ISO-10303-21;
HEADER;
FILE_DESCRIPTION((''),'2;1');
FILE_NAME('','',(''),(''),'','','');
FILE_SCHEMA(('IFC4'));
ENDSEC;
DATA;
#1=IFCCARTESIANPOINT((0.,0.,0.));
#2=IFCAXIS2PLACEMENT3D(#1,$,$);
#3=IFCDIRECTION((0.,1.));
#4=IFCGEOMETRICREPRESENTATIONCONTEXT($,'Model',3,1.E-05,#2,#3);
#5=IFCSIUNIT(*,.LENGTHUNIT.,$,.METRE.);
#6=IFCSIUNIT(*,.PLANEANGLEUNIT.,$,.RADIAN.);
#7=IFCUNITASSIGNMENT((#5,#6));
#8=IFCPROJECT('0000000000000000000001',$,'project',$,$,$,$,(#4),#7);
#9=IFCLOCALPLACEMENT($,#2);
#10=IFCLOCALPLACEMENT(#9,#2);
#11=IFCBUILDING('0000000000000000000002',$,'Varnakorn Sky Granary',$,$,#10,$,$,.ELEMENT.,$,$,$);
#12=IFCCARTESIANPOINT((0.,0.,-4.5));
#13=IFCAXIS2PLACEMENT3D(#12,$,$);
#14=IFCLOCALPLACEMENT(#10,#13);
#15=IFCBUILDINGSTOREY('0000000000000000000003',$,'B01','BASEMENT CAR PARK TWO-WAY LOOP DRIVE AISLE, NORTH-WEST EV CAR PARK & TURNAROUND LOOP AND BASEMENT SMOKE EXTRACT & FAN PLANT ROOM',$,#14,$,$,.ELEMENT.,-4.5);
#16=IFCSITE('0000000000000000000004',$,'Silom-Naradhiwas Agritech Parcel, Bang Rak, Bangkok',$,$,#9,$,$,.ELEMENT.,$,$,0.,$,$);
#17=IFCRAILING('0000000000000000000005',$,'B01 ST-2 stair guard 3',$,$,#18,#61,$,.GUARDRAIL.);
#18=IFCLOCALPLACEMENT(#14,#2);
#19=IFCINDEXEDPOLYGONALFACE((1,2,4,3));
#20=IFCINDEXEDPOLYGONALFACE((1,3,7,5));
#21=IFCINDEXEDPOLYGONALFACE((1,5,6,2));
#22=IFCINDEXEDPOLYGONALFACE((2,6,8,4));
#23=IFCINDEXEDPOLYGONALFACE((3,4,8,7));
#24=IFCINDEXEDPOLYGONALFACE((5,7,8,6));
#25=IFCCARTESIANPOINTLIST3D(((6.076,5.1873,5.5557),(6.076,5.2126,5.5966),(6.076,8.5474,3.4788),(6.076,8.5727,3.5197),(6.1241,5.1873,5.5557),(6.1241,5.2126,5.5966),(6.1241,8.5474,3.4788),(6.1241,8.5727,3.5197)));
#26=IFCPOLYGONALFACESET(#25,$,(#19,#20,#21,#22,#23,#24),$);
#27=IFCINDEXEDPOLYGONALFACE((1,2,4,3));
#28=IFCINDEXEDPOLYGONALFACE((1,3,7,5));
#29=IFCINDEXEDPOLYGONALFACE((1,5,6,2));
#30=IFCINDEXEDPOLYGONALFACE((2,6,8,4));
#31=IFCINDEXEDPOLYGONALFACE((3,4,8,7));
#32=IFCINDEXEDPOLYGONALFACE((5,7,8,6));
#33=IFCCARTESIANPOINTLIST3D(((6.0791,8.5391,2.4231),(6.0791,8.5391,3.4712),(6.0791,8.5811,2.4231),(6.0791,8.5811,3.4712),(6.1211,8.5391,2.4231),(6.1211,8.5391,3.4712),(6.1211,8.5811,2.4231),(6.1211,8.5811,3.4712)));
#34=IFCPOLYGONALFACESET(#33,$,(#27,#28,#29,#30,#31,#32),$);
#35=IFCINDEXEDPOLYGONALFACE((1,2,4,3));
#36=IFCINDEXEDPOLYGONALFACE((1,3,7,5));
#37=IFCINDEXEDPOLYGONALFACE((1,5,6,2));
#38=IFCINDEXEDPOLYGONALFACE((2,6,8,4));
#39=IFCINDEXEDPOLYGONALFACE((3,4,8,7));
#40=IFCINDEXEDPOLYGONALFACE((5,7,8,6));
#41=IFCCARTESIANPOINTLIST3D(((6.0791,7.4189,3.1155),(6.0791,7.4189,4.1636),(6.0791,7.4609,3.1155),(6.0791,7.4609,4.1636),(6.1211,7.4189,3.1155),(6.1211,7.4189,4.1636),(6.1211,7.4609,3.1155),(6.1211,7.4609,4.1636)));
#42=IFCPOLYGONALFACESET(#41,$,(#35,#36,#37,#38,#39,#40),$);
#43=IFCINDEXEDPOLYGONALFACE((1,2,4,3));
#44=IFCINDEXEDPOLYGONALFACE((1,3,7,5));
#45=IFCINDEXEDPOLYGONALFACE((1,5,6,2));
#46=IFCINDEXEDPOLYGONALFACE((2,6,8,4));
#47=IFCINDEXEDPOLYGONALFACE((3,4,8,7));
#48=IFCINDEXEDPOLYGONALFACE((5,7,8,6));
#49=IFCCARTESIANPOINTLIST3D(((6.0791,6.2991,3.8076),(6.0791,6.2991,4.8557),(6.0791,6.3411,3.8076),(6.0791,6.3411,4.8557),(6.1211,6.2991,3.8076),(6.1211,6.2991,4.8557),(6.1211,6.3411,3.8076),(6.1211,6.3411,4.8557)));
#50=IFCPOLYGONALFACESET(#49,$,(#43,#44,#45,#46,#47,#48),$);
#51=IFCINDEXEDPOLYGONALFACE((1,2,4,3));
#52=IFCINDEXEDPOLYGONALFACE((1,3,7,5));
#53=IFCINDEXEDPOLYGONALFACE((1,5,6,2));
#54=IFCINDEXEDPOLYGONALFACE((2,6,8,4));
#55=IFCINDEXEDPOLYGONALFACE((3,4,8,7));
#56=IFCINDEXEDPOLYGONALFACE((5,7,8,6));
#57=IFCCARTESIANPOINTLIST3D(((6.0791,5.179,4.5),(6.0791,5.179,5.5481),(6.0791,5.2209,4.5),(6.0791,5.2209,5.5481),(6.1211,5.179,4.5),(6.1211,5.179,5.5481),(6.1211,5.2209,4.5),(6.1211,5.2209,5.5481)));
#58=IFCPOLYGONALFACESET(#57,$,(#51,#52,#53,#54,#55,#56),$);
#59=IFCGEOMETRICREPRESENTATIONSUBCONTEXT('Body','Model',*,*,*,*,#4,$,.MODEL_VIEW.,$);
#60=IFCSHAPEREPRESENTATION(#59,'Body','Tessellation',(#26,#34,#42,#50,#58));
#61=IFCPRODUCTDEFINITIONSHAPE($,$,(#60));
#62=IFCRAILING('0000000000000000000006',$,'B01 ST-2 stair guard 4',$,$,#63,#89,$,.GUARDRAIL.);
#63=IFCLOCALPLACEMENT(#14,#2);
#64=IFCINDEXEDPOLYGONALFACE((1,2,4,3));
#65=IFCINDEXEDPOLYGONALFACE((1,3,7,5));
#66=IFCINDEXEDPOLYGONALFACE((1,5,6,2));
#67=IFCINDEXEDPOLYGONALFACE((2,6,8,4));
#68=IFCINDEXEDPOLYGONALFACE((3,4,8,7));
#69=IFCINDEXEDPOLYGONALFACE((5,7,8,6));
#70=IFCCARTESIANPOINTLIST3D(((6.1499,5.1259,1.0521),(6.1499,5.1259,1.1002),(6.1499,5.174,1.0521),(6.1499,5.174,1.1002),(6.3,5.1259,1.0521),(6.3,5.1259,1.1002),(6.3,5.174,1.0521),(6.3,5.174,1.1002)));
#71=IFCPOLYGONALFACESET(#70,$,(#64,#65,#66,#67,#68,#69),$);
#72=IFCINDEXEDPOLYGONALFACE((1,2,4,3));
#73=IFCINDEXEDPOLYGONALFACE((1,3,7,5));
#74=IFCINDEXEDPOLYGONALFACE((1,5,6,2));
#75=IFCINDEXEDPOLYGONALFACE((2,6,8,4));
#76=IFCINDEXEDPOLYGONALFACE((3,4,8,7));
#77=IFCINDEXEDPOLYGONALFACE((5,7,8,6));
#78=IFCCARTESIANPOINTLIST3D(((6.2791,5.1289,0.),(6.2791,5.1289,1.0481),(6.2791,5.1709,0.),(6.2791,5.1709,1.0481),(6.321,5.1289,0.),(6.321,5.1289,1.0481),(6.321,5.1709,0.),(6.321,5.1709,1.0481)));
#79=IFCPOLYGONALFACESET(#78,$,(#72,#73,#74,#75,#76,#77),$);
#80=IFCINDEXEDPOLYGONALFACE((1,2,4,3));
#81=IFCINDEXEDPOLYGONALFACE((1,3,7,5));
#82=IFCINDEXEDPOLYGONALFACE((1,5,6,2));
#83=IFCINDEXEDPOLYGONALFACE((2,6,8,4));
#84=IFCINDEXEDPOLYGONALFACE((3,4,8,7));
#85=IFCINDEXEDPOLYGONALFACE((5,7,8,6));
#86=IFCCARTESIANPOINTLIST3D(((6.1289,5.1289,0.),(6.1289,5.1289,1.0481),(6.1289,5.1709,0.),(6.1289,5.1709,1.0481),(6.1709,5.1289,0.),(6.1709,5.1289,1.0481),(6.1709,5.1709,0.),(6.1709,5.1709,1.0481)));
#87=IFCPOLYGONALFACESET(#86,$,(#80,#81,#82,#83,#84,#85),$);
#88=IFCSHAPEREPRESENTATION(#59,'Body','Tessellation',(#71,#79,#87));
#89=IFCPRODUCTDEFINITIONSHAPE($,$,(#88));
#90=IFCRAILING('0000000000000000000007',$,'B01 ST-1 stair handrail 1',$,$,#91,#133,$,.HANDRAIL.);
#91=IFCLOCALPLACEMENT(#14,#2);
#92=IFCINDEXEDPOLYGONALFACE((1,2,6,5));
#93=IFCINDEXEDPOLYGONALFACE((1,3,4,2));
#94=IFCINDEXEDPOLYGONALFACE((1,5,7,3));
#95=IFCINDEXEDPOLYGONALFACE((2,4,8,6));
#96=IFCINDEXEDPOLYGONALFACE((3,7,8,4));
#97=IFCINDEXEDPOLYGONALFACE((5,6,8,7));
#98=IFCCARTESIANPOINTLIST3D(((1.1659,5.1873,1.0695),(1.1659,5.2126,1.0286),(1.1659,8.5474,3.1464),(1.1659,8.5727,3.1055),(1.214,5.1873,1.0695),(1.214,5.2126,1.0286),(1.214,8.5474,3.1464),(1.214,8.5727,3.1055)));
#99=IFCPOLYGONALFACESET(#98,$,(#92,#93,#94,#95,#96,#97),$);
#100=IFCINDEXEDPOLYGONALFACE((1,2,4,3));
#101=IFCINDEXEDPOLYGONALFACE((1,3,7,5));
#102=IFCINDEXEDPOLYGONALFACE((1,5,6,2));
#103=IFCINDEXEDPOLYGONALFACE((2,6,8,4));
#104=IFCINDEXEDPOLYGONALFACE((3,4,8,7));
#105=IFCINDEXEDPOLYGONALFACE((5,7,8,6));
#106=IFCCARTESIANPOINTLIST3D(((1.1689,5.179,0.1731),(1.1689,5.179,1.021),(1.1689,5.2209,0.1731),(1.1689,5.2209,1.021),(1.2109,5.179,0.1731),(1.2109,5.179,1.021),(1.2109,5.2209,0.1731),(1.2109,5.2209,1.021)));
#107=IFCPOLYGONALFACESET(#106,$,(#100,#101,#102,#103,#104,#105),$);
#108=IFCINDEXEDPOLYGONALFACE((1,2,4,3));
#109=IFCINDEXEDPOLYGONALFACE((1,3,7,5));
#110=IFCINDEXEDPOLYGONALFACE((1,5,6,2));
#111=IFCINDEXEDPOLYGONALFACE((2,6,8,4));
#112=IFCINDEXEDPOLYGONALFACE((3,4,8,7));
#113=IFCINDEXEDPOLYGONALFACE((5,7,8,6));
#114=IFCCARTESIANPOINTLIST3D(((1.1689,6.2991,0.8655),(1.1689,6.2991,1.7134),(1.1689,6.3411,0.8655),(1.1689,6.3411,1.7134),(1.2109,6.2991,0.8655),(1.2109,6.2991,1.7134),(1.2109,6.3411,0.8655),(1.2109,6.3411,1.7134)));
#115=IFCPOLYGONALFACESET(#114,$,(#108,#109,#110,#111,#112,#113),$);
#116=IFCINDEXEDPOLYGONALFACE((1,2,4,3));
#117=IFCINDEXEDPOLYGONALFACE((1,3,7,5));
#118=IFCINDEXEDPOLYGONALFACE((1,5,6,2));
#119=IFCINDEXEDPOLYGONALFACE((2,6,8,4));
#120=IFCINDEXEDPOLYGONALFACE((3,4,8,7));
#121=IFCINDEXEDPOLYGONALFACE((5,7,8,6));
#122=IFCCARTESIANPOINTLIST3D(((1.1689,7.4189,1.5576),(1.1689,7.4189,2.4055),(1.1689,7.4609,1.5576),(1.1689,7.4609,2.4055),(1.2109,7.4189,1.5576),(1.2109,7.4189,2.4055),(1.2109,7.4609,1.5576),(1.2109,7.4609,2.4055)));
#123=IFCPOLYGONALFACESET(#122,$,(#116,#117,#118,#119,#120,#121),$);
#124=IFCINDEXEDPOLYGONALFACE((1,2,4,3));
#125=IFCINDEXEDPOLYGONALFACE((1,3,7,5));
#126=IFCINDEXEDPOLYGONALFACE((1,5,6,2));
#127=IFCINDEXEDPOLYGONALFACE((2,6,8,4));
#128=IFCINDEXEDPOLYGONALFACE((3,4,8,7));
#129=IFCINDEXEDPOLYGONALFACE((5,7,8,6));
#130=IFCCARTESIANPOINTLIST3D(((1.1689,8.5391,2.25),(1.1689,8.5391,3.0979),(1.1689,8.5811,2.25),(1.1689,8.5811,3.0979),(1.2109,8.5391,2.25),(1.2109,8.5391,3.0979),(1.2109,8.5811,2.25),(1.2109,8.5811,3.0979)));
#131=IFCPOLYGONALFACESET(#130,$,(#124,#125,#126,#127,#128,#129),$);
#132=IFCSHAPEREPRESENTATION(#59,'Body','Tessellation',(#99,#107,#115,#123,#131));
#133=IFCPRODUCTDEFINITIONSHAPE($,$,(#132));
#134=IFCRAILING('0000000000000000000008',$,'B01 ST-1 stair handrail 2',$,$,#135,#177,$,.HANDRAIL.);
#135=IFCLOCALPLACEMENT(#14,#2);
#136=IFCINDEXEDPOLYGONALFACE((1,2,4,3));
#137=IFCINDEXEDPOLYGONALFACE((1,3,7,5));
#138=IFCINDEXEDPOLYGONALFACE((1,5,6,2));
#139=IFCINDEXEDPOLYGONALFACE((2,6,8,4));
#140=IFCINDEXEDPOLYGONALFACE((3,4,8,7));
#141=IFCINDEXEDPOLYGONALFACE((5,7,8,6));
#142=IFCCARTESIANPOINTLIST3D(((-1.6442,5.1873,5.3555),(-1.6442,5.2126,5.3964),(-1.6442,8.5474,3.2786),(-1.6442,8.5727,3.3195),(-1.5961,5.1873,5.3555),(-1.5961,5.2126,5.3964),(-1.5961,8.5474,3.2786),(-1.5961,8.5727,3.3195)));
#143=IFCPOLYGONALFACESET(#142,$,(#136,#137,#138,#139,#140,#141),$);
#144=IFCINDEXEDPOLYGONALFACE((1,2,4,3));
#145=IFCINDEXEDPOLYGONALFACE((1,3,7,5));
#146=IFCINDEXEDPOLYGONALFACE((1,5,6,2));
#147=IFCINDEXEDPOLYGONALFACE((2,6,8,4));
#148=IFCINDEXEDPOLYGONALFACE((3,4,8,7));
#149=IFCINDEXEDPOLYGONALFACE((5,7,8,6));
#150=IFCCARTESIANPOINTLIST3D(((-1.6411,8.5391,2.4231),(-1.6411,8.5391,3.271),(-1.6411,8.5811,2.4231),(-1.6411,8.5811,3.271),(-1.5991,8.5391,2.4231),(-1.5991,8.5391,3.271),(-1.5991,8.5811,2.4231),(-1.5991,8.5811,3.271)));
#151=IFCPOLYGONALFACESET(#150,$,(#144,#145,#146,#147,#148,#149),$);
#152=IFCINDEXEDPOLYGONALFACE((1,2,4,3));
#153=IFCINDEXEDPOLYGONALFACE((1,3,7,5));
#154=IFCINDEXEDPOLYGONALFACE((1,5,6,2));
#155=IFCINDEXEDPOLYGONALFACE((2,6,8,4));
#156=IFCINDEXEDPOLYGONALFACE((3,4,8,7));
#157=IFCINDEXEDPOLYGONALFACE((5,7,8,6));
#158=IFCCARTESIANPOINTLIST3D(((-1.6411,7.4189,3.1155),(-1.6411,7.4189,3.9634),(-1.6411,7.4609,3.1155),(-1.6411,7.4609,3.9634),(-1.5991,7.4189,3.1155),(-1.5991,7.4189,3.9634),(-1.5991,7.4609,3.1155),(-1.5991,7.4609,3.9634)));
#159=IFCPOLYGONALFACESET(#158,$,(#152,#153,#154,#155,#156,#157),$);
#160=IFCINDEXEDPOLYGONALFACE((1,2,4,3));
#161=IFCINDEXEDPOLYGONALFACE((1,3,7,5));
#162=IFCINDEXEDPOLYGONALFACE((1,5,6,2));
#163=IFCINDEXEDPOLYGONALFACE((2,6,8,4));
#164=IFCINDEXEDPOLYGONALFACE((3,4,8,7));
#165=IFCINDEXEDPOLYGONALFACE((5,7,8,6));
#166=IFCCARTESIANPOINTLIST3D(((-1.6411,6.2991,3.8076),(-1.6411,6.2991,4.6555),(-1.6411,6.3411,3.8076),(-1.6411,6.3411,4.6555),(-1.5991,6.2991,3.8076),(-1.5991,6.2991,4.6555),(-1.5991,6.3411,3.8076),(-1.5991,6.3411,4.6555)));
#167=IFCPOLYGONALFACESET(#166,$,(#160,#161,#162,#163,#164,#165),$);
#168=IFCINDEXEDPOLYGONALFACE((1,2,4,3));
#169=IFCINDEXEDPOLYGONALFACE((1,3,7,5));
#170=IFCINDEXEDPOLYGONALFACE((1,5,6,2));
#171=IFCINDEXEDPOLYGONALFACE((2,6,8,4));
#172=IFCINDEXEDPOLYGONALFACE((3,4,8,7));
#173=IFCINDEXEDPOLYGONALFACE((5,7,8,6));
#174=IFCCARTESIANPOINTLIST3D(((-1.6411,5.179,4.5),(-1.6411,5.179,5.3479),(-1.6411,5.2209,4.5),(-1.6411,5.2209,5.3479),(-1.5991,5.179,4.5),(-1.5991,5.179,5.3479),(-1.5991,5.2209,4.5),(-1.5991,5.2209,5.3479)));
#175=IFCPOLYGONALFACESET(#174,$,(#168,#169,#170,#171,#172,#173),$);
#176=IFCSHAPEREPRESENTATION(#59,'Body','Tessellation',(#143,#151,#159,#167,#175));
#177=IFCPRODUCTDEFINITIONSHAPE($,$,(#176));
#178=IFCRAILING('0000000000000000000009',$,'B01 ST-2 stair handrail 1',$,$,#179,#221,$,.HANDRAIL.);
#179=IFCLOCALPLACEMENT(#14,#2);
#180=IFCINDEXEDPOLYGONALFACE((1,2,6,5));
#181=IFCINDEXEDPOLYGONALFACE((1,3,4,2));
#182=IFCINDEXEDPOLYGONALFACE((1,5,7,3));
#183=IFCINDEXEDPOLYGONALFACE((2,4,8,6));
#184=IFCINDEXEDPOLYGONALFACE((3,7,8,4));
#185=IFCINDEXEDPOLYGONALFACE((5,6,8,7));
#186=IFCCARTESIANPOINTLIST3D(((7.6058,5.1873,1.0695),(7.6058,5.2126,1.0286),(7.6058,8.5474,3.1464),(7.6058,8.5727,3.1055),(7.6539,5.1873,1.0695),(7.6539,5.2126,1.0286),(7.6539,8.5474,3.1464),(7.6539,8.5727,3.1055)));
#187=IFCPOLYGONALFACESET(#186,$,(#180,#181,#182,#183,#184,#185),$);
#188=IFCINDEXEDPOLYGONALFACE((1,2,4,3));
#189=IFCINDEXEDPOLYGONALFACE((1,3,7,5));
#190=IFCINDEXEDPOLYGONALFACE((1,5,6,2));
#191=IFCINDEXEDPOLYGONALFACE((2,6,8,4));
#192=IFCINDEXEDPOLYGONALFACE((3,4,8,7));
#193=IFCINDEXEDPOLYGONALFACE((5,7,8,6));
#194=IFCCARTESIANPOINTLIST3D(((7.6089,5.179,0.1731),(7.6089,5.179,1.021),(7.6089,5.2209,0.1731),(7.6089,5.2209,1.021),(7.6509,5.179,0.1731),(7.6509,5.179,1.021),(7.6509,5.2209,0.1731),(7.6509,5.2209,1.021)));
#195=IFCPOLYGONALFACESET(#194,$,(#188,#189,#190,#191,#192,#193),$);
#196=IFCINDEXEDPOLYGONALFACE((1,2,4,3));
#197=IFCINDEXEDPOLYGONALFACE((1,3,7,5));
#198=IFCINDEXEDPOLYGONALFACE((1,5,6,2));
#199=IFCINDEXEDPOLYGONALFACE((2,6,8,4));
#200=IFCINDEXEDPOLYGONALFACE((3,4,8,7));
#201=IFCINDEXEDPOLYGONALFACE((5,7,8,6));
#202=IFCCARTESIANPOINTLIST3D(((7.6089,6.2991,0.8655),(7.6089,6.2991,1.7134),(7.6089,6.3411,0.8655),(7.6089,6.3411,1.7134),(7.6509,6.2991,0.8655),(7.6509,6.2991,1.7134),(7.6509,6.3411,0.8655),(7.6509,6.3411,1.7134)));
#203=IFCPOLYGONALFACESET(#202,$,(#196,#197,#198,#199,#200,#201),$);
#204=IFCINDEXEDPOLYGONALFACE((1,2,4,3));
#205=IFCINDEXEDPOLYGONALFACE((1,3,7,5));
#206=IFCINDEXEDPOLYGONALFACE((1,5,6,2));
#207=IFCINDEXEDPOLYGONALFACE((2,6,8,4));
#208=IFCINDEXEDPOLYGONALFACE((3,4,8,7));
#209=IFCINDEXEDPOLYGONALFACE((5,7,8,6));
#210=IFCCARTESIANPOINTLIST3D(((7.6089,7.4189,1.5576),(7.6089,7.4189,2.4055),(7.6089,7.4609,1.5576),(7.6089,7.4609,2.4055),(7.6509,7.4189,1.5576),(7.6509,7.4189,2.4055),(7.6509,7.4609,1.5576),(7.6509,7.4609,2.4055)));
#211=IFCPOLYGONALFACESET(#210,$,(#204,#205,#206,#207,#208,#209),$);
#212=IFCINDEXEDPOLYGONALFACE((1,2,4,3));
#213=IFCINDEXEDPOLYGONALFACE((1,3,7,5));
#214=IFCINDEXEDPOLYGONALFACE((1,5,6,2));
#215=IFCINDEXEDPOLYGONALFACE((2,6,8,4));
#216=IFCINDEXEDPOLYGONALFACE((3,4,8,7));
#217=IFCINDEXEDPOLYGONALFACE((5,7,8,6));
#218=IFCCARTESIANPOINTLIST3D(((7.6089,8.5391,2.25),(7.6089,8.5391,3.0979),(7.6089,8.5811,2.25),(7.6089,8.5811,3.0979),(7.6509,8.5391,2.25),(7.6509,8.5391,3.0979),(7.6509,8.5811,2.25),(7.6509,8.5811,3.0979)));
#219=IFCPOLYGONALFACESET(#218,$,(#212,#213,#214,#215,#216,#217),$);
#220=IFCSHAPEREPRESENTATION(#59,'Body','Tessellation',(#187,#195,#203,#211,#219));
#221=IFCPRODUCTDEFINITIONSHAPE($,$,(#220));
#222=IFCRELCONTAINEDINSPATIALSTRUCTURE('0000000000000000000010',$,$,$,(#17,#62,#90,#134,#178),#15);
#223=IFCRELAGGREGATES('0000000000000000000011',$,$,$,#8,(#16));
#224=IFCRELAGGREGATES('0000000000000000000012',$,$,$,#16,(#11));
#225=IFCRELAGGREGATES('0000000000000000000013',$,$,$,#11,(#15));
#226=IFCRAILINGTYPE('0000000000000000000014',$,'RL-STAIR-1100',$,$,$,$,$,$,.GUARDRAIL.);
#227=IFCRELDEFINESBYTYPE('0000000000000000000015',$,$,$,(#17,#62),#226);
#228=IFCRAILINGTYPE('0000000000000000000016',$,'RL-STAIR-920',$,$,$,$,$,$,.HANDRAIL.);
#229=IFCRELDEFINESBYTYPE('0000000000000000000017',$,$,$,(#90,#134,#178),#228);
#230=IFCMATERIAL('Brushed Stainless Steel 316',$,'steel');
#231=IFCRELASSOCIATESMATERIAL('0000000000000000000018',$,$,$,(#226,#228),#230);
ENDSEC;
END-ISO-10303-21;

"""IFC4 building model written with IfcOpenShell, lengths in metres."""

from ifc_helpers import new_model, si_unit, direction, frame, origin, origin_2d, place, context, subcontext, project, spatial, rectangle, extrude, material, type_object, element, save


model = new_model("IFC4")

# Units and contexts
model_context = context("Model", 3, precision=1e-05, world=origin(), true_north=direction((0.0, 1.0)))
body_context = subcontext(model_context, "Body", "Model", "MODEL_VIEW")
ifc_project = project(units=[si_unit("LENGTHUNIT", "METRE"), si_unit("PLANEANGLEUNIT", "RADIAN")], contexts=[model_context])

# Site, building, storey
site_placement = place(None, origin())
site = spatial("IfcSite", under=ifc_project, at=site_placement, Name="Silom-Naradhiwas Agritech Parcel, Bang Rak, Bangkok", CompositionType="ELEMENT", RefElevation=0.0)
building_placement = place(site_placement, origin())
building = spatial("IfcBuilding", under=site, at=building_placement, Name="Varnakorn Sky Granary", CompositionType="ELEMENT")
storey_placement = place(building_placement, frame((0.0, 0.0, -4.5)))
storey = spatial("IfcBuildingStorey", under=building, at=storey_placement, Name="B01", Description="BASEMENT CAR PARK TWO-WAY LOOP DRIVE AISLE, NORTH-WEST EV CAR PARK & TURNAROUND LOOP AND BASEMENT SMOKE EXTRACT & FAN PLANT ROOM", CompositionType="ELEMENT", Elevation=-4.5)

# Railings
ifc_material_1 = material(Name="Brushed Stainless Steel 316", Category="steel")
railing_type_1 = type_object("IfcRailingType", Name="RL-STAIR-1100", PredefinedType="GUARDRAIL", material=ifc_material_1)
railing_1_placement = place(storey_placement, frame((6.1001, 8.5601, 2.4231)))
element("IfcRailing", 1, at=railing_1_placement, inside=storey, type_object=railing_type_1, Name="B01 ST-2 stair guard 3", PredefinedType="GUARDRAIL", context=body_context, shape_type="SweptSolid", body=[
    extrude(rectangle(XDim=0.0481, YDim=0.0481, at=origin_2d()), frame((0.0, 0.0, 1.0762), z_axis=(0.0, -0.850623, 0.525776), x_axis=(1.0, 0.0, 0.0)), (0.0, 0.0, 1.0), 3.9502),
    extrude(rectangle(XDim=0.042, YDim=0.042, at=origin_2d()), origin(), (0.0, 0.0, 1.0), 1.0481),
    extrude(rectangle(XDim=0.042, YDim=0.042, at=origin_2d()), frame((0.0, -1.1201, 0.6924)), (0.0, 0.0, 1.0), 1.0481),
    extrude(rectangle(XDim=0.042, YDim=0.042, at=origin_2d()), frame((0.0, -2.24, 1.3845)), (0.0, 0.0, 1.0), 1.0481),
    extrude(rectangle(XDim=0.042, YDim=0.042, at=origin_2d()), frame((0.0, -3.3601, 2.0769)), (0.0, 0.0, 1.0), 1.0481),
])
railing_2_placement = place(storey_placement, frame((6.3, 5.1499, 0.0)))
element("IfcRailing", 2, at=railing_2_placement, inside=storey, type_object=railing_type_1, Name="B01 ST-2 stair guard 4", PredefinedType="GUARDRAIL", context=body_context, shape_type="SweptSolid", body=[
    extrude(rectangle(XDim=0.0481, YDim=0.0481, at=origin_2d()), frame((0.0, 0.0, 1.0762), z_axis=(-1.0, 0.0, 0.0), x_axis=(0.0, -1.0, 0.0)), (0.0, 0.0, 1.0), 0.1501),
    extrude(rectangle(XDim=0.042, YDim=0.042, at=origin_2d()), origin(), (0.0, 0.0, 1.0), 1.0481),
    extrude(rectangle(XDim=0.042, YDim=0.042, at=origin_2d()), frame((-0.1501, 0.0, 0.0)), (0.0, 0.0, 1.0), 1.0481),
])
railing_type_2 = type_object("IfcRailingType", Name="RL-STAIR-920", PredefinedType="HANDRAIL", material=ifc_material_1)
railing_3_placement = place(storey_placement, frame((1.1899, 5.2, 0.1731)))
element("IfcRailing", 3, at=railing_3_placement, inside=storey, type_object=railing_type_2, Name="B01 ST-1 stair handrail 1", PredefinedType="HANDRAIL", context=body_context, shape_type="SweptSolid", body=[
    extrude(rectangle(XDim=0.0481, YDim=0.0481, at=origin_2d()), frame((0.0, 0.0, 0.876), z_axis=(0.0, 0.850623, 0.525776), x_axis=(-1.0, 0.0, 0.0)), (0.0, 0.0, 1.0), 3.9502),
    extrude(rectangle(XDim=0.042, YDim=0.042, at=origin_2d()), origin(), (0.0, 0.0, 1.0), 0.8479),
    extrude(rectangle(XDim=0.042, YDim=0.042, at=origin_2d()), frame((0.0, 1.1201, 0.6924)), (0.0, 0.0, 1.0), 0.8479),
    extrude(rectangle(XDim=0.042, YDim=0.042, at=origin_2d()), frame((0.0, 2.24, 1.3845)), (0.0, 0.0, 1.0), 0.8479),
    extrude(rectangle(XDim=0.042, YDim=0.042, at=origin_2d()), frame((0.0, 3.3601, 2.0769)), (0.0, 0.0, 1.0), 0.8479),
])
railing_4_placement = place(storey_placement, frame((-1.6201, 8.5601, 2.4231)))
element("IfcRailing", 4, at=railing_4_placement, inside=storey, type_object=railing_type_2, Name="B01 ST-1 stair handrail 2", PredefinedType="HANDRAIL", context=body_context, shape_type="SweptSolid", body=[
    extrude(rectangle(XDim=0.0481, YDim=0.0481, at=origin_2d()), frame((0.0, 0.0, 0.876), z_axis=(0.0, -0.850623, 0.525776), x_axis=(1.0, 0.0, 0.0)), (0.0, 0.0, 1.0), 3.9502),
    extrude(rectangle(XDim=0.042, YDim=0.042, at=origin_2d()), origin(), (0.0, 0.0, 1.0), 0.8479),
    extrude(rectangle(XDim=0.042, YDim=0.042, at=origin_2d()), frame((0.0, -1.1201, 0.6924)), (0.0, 0.0, 1.0), 0.8479),
    extrude(rectangle(XDim=0.042, YDim=0.042, at=origin_2d()), frame((0.0, -2.24, 1.3845)), (0.0, 0.0, 1.0), 0.8479),
    extrude(rectangle(XDim=0.042, YDim=0.042, at=origin_2d()), frame((0.0, -3.3601, 2.0769)), (0.0, 0.0, 1.0), 0.8479),
])
railing_5_placement = place(storey_placement, frame((7.6299, 5.2, 0.1731)))
element("IfcRailing", 5, at=railing_5_placement, inside=storey, type_object=railing_type_2, Name="B01 ST-2 stair handrail 1", PredefinedType="HANDRAIL", context=body_context, shape_type="SweptSolid", body=[
    extrude(rectangle(XDim=0.0481, YDim=0.0481, at=origin_2d()), frame((0.0, 0.0, 0.876), z_axis=(0.0, 0.850623, 0.525776), x_axis=(-1.0, 0.0, 0.0)), (0.0, 0.0, 1.0), 3.9502),
    extrude(rectangle(XDim=0.042, YDim=0.042, at=origin_2d()), origin(), (0.0, 0.0, 1.0), 0.8479),
    extrude(rectangle(XDim=0.042, YDim=0.042, at=origin_2d()), frame((0.0, 1.1201, 0.6924)), (0.0, 0.0, 1.0), 0.8479),
    extrude(rectangle(XDim=0.042, YDim=0.042, at=origin_2d()), frame((0.0, 2.24, 1.3845)), (0.0, 0.0, 1.0), 0.8479),
    extrude(rectangle(XDim=0.042, YDim=0.042, at=origin_2d()), frame((0.0, 3.3601, 2.0769)), (0.0, 0.0, 1.0), 0.8479),
])

save(model, "model.ifc")
